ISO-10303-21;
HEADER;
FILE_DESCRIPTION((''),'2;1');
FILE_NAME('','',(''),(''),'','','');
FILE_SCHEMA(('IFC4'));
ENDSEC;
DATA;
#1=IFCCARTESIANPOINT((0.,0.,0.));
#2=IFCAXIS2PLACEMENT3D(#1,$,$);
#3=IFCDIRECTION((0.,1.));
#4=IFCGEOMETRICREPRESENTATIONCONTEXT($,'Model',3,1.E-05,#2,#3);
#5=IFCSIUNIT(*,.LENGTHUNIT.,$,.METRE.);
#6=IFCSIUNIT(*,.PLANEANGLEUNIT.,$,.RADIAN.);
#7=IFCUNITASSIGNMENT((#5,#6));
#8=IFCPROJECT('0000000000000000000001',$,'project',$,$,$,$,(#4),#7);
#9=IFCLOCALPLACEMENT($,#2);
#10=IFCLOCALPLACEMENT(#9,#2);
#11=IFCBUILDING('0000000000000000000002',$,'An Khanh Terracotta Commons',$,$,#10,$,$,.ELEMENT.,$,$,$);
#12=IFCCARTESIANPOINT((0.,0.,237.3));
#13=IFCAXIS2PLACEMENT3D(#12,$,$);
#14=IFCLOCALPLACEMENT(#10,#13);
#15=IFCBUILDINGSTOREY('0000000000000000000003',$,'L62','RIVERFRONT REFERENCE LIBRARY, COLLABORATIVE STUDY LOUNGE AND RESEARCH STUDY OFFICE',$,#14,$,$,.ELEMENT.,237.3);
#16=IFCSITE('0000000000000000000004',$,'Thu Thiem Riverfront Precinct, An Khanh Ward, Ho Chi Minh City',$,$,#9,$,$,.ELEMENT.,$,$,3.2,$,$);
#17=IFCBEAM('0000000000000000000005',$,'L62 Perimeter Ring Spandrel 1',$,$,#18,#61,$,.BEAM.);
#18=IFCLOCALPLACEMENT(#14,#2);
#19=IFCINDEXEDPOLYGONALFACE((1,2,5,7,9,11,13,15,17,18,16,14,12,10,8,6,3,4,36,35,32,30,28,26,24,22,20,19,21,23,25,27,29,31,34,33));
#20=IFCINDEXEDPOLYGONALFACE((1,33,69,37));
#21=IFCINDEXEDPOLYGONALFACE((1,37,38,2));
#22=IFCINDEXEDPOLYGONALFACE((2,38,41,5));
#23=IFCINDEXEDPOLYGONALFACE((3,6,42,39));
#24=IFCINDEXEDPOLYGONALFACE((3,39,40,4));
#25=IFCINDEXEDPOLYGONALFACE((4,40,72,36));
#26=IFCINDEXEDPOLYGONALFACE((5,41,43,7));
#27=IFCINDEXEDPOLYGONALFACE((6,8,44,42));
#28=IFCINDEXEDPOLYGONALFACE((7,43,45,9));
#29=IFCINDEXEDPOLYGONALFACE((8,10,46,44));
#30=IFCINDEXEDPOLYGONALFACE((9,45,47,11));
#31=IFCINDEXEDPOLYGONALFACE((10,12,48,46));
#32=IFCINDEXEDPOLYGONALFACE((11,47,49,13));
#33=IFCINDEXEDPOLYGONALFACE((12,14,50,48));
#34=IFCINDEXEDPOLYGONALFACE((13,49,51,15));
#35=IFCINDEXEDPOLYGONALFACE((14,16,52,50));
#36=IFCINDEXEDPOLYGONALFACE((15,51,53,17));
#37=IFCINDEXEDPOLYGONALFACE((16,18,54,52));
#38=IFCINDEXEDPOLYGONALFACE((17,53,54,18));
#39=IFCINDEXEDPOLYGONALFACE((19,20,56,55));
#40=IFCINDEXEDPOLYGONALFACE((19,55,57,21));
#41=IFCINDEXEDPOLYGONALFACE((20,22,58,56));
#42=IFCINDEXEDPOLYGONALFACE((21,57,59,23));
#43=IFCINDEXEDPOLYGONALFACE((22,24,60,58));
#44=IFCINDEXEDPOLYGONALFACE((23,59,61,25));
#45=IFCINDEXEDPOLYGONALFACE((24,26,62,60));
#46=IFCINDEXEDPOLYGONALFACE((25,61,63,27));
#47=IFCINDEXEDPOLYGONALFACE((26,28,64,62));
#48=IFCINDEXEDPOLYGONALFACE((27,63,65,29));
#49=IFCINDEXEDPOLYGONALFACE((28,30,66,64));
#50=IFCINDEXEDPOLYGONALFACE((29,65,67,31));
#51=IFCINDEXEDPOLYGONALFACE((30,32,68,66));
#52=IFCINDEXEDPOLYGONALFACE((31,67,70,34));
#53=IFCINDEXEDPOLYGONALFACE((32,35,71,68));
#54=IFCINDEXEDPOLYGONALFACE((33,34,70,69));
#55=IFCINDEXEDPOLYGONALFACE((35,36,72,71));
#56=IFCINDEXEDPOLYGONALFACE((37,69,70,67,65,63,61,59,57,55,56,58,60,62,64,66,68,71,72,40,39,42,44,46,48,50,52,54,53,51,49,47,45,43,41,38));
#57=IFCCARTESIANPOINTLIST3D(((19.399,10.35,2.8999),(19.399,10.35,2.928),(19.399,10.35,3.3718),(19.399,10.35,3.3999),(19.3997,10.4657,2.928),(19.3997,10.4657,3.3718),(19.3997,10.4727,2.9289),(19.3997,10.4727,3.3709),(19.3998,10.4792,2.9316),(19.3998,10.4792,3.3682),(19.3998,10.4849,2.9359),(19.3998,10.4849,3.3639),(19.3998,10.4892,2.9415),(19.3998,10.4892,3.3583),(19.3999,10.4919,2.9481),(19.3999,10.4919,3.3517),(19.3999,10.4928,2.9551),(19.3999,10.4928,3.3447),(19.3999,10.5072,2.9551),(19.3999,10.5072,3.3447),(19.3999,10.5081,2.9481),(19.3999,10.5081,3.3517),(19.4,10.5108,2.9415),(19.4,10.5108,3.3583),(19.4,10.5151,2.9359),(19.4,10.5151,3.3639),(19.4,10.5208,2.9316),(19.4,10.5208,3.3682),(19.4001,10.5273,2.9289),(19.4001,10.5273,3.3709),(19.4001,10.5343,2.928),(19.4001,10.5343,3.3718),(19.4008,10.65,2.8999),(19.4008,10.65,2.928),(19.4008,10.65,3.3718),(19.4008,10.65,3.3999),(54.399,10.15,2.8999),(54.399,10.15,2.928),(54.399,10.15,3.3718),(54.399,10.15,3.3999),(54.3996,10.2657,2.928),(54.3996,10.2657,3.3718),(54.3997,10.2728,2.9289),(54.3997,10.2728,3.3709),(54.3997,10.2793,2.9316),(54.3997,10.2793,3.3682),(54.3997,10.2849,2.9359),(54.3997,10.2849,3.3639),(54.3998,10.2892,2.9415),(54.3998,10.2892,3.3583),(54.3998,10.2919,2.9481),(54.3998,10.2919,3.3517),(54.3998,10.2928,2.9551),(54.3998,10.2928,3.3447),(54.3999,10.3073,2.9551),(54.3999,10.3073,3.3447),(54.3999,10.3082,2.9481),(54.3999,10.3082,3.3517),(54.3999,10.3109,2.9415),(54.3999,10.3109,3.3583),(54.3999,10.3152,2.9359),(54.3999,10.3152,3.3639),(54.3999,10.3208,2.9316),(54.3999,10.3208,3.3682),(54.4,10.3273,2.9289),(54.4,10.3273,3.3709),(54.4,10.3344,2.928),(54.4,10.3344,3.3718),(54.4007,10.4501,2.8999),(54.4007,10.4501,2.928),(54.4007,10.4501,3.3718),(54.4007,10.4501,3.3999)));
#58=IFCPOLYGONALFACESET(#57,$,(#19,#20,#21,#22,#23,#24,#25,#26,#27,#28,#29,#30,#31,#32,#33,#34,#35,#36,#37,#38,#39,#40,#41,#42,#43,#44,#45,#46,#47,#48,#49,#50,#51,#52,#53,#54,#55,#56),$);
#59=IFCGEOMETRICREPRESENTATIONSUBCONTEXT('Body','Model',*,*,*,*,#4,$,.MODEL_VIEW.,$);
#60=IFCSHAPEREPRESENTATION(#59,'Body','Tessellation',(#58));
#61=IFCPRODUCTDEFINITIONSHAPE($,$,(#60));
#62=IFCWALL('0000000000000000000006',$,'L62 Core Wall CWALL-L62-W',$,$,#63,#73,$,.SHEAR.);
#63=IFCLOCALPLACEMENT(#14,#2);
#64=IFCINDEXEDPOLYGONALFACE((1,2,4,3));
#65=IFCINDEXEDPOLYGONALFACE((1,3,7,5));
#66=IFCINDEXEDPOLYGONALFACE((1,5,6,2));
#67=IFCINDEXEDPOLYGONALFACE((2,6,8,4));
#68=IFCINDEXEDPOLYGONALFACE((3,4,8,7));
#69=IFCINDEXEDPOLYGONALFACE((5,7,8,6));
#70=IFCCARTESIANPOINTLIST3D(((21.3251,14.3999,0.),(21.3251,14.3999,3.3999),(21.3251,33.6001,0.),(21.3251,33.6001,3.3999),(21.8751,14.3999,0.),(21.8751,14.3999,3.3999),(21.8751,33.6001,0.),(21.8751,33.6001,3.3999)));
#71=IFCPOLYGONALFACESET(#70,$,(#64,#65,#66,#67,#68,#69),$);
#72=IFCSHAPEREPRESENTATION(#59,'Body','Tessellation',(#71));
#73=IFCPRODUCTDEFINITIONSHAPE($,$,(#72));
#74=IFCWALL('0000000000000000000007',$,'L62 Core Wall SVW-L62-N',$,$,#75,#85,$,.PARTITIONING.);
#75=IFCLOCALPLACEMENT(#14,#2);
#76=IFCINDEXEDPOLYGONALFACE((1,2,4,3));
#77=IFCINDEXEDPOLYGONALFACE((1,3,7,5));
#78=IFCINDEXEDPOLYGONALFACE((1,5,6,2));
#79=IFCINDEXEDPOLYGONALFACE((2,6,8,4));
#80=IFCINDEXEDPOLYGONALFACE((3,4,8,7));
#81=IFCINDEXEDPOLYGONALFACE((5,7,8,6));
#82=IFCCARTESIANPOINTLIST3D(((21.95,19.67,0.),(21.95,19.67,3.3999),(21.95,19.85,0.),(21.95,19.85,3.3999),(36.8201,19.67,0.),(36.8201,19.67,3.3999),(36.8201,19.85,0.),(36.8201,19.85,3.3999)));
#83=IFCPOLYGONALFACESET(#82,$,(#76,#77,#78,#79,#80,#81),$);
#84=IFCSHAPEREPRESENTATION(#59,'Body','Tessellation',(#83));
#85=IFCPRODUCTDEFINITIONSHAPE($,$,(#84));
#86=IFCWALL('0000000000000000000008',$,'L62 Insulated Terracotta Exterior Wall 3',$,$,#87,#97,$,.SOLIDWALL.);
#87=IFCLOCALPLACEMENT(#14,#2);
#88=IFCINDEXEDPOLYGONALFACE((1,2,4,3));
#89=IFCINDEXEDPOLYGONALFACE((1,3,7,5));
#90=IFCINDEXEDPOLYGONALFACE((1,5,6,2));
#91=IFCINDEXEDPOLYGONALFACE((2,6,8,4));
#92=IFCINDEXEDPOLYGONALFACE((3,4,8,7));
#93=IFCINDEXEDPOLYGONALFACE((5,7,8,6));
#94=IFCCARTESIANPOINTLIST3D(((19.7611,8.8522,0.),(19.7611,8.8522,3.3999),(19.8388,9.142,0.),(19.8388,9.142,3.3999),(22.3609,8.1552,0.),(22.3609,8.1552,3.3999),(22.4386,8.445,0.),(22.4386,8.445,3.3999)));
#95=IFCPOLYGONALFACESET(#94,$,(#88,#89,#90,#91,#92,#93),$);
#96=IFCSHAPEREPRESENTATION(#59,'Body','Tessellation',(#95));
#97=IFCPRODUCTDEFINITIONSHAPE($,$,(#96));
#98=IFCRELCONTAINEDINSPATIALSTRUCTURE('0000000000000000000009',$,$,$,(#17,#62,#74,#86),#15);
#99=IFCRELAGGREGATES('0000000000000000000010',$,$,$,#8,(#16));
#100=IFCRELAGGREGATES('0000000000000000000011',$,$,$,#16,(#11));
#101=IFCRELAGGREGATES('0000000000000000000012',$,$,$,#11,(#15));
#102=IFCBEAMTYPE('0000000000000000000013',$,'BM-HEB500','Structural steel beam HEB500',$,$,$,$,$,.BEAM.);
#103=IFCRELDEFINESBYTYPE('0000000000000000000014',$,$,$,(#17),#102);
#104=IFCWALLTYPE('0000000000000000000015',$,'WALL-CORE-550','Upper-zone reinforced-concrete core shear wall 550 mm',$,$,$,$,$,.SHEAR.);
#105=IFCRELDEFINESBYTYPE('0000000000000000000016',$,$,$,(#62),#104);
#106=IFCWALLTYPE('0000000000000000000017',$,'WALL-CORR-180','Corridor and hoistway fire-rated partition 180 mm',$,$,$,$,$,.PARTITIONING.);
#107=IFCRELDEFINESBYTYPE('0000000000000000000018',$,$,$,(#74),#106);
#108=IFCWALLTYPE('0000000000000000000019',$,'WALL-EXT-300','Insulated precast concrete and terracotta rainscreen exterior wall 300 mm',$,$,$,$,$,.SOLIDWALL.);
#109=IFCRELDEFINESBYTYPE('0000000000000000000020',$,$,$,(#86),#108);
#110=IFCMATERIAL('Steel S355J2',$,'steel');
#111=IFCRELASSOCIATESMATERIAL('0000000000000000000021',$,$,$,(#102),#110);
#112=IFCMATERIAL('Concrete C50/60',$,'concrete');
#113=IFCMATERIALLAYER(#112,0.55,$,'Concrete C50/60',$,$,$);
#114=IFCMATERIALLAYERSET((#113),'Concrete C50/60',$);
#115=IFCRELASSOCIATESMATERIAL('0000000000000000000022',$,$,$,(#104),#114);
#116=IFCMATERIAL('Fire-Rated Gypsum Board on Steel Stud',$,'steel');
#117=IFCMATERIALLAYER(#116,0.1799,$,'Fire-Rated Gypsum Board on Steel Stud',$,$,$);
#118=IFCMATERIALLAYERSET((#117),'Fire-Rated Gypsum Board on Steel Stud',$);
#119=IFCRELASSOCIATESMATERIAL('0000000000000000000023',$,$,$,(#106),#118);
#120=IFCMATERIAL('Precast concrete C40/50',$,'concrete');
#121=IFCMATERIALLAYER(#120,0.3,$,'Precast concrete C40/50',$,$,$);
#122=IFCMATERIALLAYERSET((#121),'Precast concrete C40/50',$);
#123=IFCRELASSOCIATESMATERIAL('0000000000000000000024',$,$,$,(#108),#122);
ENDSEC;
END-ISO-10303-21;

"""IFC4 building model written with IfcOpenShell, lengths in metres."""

from ifc_helpers import new_model, si_unit, direction, frame, frame_2d, origin, origin_2d, place, context, subcontext, project, spatial, rectangle, i_section, extrude, material, layer, layer_set, material_profile, profile_set, type_object, element, save


model = new_model("IFC4")

# Units and contexts
model_context = context("Model", 3, precision=1e-05, world=origin(), true_north=direction((0.0, 1.0)))
body_context = subcontext(model_context, "Body", "Model", "MODEL_VIEW")
ifc_project = project(units=[si_unit("LENGTHUNIT", "METRE"), si_unit("PLANEANGLEUNIT", "RADIAN")], contexts=[model_context])

# Site, building, storey
site_placement = place(None, origin())
site = spatial("IfcSite", under=ifc_project, at=site_placement, Name="Thu Thiem Riverfront Precinct, An Khanh Ward, Ho Chi Minh City", CompositionType="ELEMENT", RefElevation=3.2)
building_placement = place(site_placement, origin())
building = spatial("IfcBuilding", under=site, at=building_placement, Name="An Khanh Terracotta Commons", CompositionType="ELEMENT")
storey_placement = place(building_placement, frame((0.0, 0.0, 237.3)))
storey = spatial("IfcBuildingStorey", under=building, at=storey_placement, Name="L62", Description="RIVERFRONT REFERENCE LIBRARY, COLLABORATIVE STUDY LOUNGE AND RESEARCH STUDY OFFICE", CompositionType="ELEMENT", Elevation=237.3)

# Beam
ifc_material_1 = material(Name="Steel S355J2", Category="steel")
ifc_material_profile_1 = material_profile(ifc_material_1, i_section(OverallWidth=0.3, OverallDepth=0.5, WebThickness=0.0144, FlangeThickness=0.0281, FilletRadius=0.0271, at=origin_2d()), Name="HEB500")
ifc_profile_set_1 = profile_set([ifc_material_profile_1], Name="Steel S355J2")
beam_type_1 = type_object("IfcBeamType", Name="BM-HEB500", Description="Structural steel beam HEB500", PredefinedType="BEAM", material=ifc_profile_set_1)
beam_1_placement = place(storey_placement, frame((19.3999, 10.5, 3.1499), z_axis=(0.999984, -0.005713, 0.0), x_axis=(0.005713, 0.999984, 0.0)))
element("IfcBeam", 1, at=beam_1_placement, inside=storey, type_object=beam_type_1, Name="L62 Perimeter Ring Spandrel 1", PredefinedType="BEAM", context=body_context, shape_type="SweptSolid", body=[
    extrude(i_section(OverallWidth=0.3, OverallDepth=0.5, WebThickness=0.0144, FlangeThickness=0.0281, FilletRadius=0.0271, at=origin_2d()), origin(), (0.0, 0.0, 1.0), 35.0005),
])

# Walls
ifc_material_2 = material(Name="Concrete C50/60", Category="concrete")
ifc_layer_1 = layer(ifc_material_2, 0.55, Name="Concrete C50/60")
ifc_layer_set_1 = layer_set([ifc_layer_1], Name="Concrete C50/60")
wall_type_1 = type_object("IfcWallType", Name="WALL-CORE-550", Description="Upper-zone reinforced-concrete core shear wall 550 mm", PredefinedType="SHEAR", material=ifc_layer_set_1)
wall_1_placement = place(storey_placement, frame((21.6001, 14.3999, 0.0), z_axis=(0.0, 0.0, 1.0), x_axis=(0.0, 1.0, 0.0)))
element("IfcWall", 2, at=wall_1_placement, inside=storey, type_object=wall_type_1, Name="L62 Core Wall CWALL-L62-W", PredefinedType="SHEAR", context=body_context, shape_type="SweptSolid", body=[
    extrude(rectangle(XDim=19.2002, YDim=0.55, at=frame_2d((9.6001, 0.0))), origin(), (0.0, 0.0, 1.0), 3.3999),
])
ifc_material_3 = material(Name="Fire-Rated Gypsum Board on Steel Stud", Category="steel")
ifc_layer_2 = layer(ifc_material_3, 0.1799, Name="Fire-Rated Gypsum Board on Steel Stud")
ifc_layer_set_2 = layer_set([ifc_layer_2], Name="Fire-Rated Gypsum Board on Steel Stud")
wall_type_2 = type_object("IfcWallType", Name="WALL-CORR-180", Description="Corridor and hoistway fire-rated partition 180 mm", PredefinedType="PARTITIONING", material=ifc_layer_set_2)
wall_2_placement = place(storey_placement, frame((21.95, 19.76, 0.0), z_axis=(0.0, 0.0, 1.0), x_axis=(1.0, 0.0, 0.0)))
element("IfcWall", 3, at=wall_2_placement, inside=storey, type_object=wall_type_2, Name="L62 Core Wall SVW-L62-N", PredefinedType="PARTITIONING", context=body_context, shape_type="SweptSolid", body=[
    extrude(rectangle(XDim=14.8701, YDim=0.1799, at=frame_2d((7.4351, 0.0))), origin(), (0.0, 0.0, 1.0), 3.3999),
])
ifc_material_4 = material(Name="Precast concrete C40/50", Category="concrete")
ifc_layer_3 = layer(ifc_material_4, 0.3, Name="Precast concrete C40/50")
ifc_layer_set_3 = layer_set([ifc_layer_3], Name="Precast concrete C40/50")
wall_type_3 = type_object("IfcWallType", Name="WALL-EXT-300", Description="Insulated precast concrete and terracotta rainscreen exterior wall 300 mm", PredefinedType="SOLIDWALL", material=ifc_layer_set_3)
wall_3_placement = place(storey_placement, frame((19.8, 8.9971, 0.0), z_axis=(0.0, 0.0, 1.0), x_axis=(0.965889, -0.258955, 0.0)))
element("IfcWall", 4, at=wall_3_placement, inside=storey, type_object=wall_type_3, Name="L62 Insulated Terracotta Exterior Wall 3", PredefinedType="SOLIDWALL", context=body_context, shape_type="SweptSolid", body=[
    extrude(rectangle(XDim=2.6917, YDim=0.3, at=frame_2d((1.3457, 0.0))), origin(), (0.0, 0.0, 1.0), 3.3999),
])

save(model, "model.ifc")
